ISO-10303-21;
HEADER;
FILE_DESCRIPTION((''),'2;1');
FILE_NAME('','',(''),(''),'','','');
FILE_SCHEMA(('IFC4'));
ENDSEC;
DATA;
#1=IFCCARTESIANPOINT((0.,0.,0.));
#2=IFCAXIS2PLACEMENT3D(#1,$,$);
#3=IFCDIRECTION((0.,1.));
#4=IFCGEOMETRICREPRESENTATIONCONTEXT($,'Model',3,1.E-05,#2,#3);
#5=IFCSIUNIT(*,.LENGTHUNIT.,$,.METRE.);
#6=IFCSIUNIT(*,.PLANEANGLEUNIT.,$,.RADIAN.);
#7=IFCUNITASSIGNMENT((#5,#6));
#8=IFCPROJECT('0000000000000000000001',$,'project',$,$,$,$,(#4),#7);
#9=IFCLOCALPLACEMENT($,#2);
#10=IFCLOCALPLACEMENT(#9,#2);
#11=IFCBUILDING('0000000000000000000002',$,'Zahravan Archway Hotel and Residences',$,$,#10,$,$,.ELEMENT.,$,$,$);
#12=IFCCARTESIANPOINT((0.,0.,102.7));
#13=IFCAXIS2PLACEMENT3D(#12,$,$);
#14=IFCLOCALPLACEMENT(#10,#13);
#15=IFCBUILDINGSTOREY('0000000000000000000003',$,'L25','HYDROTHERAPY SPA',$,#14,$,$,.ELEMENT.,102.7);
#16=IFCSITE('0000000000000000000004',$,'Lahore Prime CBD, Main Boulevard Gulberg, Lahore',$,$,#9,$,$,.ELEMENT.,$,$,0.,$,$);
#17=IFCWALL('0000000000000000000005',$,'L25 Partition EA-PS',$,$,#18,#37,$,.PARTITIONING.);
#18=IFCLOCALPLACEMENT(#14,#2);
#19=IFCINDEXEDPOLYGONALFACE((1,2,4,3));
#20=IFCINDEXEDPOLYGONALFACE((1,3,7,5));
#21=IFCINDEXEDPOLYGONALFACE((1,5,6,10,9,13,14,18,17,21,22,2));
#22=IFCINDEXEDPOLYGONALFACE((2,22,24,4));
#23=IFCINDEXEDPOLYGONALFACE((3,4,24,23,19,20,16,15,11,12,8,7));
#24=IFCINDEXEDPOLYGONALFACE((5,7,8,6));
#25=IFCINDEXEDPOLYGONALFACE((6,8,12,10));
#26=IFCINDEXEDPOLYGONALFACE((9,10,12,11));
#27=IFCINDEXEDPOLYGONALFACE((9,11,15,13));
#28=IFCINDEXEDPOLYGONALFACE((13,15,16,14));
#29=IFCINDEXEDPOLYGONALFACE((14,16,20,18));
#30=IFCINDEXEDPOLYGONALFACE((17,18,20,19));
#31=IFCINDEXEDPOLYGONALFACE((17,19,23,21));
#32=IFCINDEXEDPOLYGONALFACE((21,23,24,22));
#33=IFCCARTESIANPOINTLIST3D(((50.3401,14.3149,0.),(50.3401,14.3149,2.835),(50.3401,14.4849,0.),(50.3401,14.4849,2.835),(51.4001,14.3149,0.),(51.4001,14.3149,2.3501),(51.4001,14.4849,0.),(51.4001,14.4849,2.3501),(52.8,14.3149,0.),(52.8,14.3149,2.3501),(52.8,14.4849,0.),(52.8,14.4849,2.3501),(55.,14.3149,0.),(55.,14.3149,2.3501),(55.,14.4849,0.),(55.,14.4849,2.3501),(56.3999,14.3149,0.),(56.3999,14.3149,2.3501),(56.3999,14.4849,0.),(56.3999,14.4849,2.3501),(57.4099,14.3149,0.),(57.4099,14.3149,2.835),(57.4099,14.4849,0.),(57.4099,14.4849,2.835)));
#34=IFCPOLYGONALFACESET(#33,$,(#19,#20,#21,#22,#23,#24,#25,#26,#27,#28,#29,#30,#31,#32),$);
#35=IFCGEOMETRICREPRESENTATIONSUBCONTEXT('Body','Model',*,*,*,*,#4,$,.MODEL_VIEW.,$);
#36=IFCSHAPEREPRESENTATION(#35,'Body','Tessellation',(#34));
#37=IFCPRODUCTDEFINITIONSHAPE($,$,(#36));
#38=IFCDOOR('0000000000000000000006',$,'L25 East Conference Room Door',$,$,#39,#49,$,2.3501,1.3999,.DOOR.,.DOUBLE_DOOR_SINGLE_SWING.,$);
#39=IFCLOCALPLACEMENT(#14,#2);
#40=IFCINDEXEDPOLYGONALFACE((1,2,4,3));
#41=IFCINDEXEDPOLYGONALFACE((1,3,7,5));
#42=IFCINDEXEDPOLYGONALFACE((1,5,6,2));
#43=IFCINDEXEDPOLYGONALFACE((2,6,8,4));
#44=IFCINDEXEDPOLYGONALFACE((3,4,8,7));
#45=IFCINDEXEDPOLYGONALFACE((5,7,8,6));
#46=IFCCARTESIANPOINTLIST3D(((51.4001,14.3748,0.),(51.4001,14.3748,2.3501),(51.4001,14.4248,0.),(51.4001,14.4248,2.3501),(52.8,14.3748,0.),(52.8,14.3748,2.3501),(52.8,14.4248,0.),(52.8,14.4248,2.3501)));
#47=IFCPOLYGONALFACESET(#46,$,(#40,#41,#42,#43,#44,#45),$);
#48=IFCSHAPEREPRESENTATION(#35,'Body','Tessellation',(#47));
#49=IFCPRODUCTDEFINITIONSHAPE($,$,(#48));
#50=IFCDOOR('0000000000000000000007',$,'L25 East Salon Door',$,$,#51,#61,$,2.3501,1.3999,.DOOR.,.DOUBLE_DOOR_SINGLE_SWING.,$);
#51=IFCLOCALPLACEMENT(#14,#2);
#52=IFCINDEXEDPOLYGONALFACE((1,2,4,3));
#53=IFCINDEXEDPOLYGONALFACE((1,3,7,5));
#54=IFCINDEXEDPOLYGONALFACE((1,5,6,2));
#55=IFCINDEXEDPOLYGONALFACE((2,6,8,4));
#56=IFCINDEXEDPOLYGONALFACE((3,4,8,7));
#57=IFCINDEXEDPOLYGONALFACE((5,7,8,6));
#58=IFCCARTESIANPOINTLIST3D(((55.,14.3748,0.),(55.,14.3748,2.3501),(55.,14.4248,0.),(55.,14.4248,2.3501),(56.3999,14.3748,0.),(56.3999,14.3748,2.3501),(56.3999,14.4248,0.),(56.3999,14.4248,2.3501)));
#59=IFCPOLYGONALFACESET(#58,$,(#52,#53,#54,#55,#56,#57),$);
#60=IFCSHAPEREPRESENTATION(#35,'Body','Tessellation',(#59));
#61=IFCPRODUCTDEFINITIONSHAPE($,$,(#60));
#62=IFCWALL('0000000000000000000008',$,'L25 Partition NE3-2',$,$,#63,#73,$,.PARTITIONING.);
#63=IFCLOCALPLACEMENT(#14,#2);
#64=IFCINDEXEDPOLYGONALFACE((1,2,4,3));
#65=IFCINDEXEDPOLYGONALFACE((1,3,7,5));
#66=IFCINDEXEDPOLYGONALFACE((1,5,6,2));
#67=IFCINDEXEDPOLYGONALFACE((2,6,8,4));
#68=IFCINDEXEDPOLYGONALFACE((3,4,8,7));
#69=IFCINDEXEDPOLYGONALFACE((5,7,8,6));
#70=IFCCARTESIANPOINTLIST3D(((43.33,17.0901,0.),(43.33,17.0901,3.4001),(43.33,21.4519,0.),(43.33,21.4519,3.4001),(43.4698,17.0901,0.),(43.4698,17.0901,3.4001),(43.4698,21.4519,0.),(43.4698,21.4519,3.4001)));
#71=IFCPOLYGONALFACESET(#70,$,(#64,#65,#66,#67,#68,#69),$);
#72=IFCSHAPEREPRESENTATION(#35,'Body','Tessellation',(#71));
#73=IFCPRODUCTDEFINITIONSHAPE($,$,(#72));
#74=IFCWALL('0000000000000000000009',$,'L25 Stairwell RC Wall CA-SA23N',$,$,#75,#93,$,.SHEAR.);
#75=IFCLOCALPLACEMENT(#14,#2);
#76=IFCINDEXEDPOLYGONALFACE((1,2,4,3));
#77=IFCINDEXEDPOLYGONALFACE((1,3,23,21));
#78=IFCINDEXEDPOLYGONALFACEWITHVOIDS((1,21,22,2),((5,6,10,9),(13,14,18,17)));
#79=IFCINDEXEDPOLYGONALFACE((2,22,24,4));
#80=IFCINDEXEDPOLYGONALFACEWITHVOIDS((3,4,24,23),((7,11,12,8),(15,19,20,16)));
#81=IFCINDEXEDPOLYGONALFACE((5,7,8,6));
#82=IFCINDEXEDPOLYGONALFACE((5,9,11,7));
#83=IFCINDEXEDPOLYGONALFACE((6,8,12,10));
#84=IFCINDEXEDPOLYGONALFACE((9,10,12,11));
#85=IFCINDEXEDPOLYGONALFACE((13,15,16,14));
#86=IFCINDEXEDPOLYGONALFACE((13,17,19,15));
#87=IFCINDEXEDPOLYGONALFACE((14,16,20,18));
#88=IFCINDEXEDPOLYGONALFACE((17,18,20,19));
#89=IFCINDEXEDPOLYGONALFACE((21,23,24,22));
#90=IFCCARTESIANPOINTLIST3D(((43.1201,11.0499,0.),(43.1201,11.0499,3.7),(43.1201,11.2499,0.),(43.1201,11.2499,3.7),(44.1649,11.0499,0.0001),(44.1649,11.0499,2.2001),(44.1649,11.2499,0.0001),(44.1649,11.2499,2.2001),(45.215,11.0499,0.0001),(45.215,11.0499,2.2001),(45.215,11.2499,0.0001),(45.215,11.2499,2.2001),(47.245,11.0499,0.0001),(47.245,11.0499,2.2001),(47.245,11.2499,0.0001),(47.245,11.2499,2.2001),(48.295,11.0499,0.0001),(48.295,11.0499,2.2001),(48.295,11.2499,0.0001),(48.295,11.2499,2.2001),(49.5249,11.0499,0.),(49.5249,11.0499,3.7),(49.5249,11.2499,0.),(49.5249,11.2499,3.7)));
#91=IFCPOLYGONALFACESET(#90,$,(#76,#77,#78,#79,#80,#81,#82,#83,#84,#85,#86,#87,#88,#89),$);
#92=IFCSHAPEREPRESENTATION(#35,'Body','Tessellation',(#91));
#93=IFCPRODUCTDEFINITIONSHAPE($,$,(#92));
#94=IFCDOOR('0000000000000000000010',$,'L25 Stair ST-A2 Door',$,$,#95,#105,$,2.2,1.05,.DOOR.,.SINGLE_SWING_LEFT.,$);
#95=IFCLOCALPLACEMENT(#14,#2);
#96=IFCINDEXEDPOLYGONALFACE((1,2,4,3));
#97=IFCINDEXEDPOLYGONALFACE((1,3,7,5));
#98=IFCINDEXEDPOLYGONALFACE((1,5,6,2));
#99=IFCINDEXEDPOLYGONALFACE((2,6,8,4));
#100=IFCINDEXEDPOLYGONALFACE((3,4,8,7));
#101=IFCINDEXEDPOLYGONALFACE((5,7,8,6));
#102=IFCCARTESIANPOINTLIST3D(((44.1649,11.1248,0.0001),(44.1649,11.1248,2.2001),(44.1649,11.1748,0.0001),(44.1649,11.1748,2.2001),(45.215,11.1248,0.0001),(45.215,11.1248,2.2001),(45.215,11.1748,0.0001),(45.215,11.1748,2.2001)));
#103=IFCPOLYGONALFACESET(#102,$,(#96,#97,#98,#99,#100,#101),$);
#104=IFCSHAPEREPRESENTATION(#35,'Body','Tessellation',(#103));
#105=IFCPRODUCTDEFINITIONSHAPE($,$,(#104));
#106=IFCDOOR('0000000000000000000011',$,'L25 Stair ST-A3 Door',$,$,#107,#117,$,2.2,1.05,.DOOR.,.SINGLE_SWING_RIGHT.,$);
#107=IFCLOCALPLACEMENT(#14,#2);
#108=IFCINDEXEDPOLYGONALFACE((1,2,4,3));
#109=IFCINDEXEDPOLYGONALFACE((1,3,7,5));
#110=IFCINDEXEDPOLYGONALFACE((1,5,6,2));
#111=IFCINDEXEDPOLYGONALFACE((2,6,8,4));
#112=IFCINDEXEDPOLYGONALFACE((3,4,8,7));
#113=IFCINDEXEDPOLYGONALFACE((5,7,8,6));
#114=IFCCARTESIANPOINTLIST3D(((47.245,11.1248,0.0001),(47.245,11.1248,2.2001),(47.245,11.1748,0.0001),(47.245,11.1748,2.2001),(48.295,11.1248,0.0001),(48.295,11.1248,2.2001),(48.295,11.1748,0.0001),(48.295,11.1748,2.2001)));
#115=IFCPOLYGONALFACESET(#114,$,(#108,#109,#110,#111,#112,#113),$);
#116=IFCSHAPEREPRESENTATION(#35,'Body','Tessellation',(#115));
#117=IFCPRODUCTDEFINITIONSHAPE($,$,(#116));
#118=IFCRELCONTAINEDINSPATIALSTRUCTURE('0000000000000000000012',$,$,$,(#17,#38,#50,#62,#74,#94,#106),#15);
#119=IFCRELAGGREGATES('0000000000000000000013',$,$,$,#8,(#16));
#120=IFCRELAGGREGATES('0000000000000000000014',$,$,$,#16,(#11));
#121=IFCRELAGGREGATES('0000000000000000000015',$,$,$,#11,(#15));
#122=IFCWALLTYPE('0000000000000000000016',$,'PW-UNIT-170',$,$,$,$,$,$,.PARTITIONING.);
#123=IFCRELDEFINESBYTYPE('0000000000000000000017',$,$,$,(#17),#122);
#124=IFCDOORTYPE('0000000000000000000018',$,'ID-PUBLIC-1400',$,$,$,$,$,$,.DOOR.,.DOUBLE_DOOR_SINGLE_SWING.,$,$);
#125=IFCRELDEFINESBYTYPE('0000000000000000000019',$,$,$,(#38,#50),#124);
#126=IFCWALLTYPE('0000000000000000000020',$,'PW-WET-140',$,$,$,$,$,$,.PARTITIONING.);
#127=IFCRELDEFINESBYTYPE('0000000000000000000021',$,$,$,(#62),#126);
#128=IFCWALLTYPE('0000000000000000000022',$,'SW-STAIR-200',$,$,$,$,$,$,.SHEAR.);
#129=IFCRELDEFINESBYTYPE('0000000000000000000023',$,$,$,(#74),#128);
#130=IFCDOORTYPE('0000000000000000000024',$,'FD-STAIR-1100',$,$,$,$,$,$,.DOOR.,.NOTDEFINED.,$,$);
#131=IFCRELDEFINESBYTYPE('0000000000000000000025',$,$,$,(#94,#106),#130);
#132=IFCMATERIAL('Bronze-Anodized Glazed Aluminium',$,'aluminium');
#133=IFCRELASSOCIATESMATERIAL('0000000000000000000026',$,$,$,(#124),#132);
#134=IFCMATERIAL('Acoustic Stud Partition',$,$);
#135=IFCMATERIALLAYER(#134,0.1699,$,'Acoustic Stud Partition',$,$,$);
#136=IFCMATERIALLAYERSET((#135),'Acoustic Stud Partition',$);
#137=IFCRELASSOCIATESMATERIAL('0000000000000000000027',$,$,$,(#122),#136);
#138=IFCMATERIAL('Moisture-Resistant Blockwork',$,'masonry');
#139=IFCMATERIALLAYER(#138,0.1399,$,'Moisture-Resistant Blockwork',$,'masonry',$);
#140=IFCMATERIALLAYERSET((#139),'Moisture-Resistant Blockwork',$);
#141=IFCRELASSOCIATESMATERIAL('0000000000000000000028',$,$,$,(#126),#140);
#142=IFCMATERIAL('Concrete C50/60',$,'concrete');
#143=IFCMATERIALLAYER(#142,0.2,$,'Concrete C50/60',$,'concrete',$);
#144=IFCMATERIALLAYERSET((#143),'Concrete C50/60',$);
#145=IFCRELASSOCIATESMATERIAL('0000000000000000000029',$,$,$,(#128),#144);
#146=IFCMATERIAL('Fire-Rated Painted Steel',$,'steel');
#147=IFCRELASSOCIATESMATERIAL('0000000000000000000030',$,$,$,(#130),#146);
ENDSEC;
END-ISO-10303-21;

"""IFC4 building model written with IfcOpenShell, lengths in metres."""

from ifc_helpers import new_model, si_unit, direction, frame, frame_2d, origin, place, context, subcontext, project, spatial, rectangle, extrude, source, transform, mapped, material, layer, layer_set, type_object, type_shapes, element, fill, save


model = new_model("IFC4")

# Units and contexts
model_context = context("Model", 3, precision=1e-05, world=origin(), true_north=direction((0.0, 1.0)))
body_context = subcontext(model_context, "Body", "Model", "MODEL_VIEW")
ifc_project = project(units=[si_unit("LENGTHUNIT", "METRE"), si_unit("PLANEANGLEUNIT", "RADIAN")], contexts=[model_context])

# Site, building, storey
site_placement = place(None, origin())
site = spatial("IfcSite", under=ifc_project, at=site_placement, Name="Lahore Prime CBD, Main Boulevard Gulberg, Lahore", CompositionType="ELEMENT", RefElevation=0.0)
building_placement = place(site_placement, origin())
building = spatial("IfcBuilding", under=site, at=building_placement, Name="Zahravan Archway Hotel and Residences", CompositionType="ELEMENT")
storey_placement = place(building_placement, frame((0.0, 0.0, 102.7)))
storey = spatial("IfcBuildingStorey", under=building, at=storey_placement, Name="L25", Description="HYDROTHERAPY SPA", CompositionType="ELEMENT", Elevation=102.7)

# Shared definitions
ifc_material_1 = material(Name="Fire-Rated Painted Steel", Category="steel")
ifc_material_2 = material(Name="Bronze-Anodized Glazed Aluminium", Category="aluminium")
door_type_1 = type_object("IfcDoorType", Name="ID-PUBLIC-1400", OperationType="DOUBLE_DOOR_SINGLE_SWING", PredefinedType="DOOR", material=ifc_material_2)
shared_shape_1 = source(origin(), body_context, "Body", "SweptSolid", [
    extrude(rectangle(XDim=1.3999, YDim=2.3501, at=frame_2d((0.7, 1.175))), frame((0.0, 0.0249, 0.0), z_axis=(0.0, -1.0, 0.0), x_axis=(1.0, 0.0, 0.0)), (0.0, 0.0, 1.0), 0.05),
])
type_shapes(door_type_1, [shared_shape_1])

# Wall, openings, doors
ifc_material_3 = material(Name="Acoustic Stud Partition")
ifc_layer_1 = layer(ifc_material_3, 0.1699, Name="Acoustic Stud Partition")
ifc_layer_set_1 = layer_set([ifc_layer_1], Name="Acoustic Stud Partition")
wall_type_1 = type_object("IfcWallType", Name="PW-UNIT-170", PredefinedType="PARTITIONING", material=ifc_layer_set_1)
wall_1_placement = place(storey_placement, frame((50.3401, 14.3999, 0.0), z_axis=(0.0, 0.0, 1.0), x_axis=(1.0, 0.0, 0.0)))
wall_1 = element("IfcWall", 1, at=wall_1_placement, inside=storey, type_object=wall_type_1, Name="L25 Partition EA-PS", PredefinedType="PARTITIONING", context=body_context, shape_type="SweptSolid", body=[
    extrude(rectangle(XDim=7.0698, YDim=0.1699, at=frame_2d((3.5349, 0.0))), origin(), (0.0, 0.0, 1.0), 2.835),
])
opening_1_placement = place(wall_1_placement, frame((1.0601, 0.0, 0.0)))
opening_1 = element("IfcOpeningElement", 2, at=opening_1_placement, cuts=wall_1, PredefinedType="OPENING", context=body_context, shape_type="SweptSolid", body=[
    extrude(rectangle(XDim=1.3999, YDim=2.3501, at=frame_2d((0.7, 1.175))), frame((0.0, 0.095, 0.0), z_axis=(0.0, -1.0, 0.0), x_axis=(1.0, 0.0, 0.0)), (0.0, 0.0, 1.0), 0.1899),
])
opening_2_placement = place(wall_1_placement, frame((4.6599, 0.0, 0.0)))
opening_2 = element("IfcOpeningElement", 3, at=opening_2_placement, cuts=wall_1, PredefinedType="OPENING", context=body_context, shape_type="SweptSolid", body=[
    extrude(rectangle(XDim=1.3999, YDim=2.3501, at=frame_2d((0.7, 1.175))), frame((0.0, 0.095, 0.0), z_axis=(0.0, -1.0, 0.0), x_axis=(1.0, 0.0, 0.0)), (0.0, 0.0, 1.0), 0.1899),
])
door_1_placement = place(opening_1_placement, origin())
door_1 = element("IfcDoor", 4, at=door_1_placement, inside=storey, type_object=door_type_1, Name="L25 East Conference Room Door", OperationType="DOUBLE_DOOR_SINGLE_SWING", OverallHeight=2.3501, OverallWidth=1.3999, PredefinedType="DOOR", context=body_context, shape_type="MappedRepresentation", body=[
    mapped(shared_shape_1, transform((0.0, 0.0, 0.0), scale=1.0)),
])
fill(opening_1, door_1)
door_2_placement = place(opening_2_placement, origin())
door_2 = element("IfcDoor", 5, at=door_2_placement, inside=storey, type_object=door_type_1, Name="L25 East Salon Door", OperationType="DOUBLE_DOOR_SINGLE_SWING", OverallHeight=2.3501, OverallWidth=1.3999, PredefinedType="DOOR", context=body_context, shape_type="MappedRepresentation", body=[
    mapped(shared_shape_1, transform((0.0, 0.0, 0.0), scale=1.0)),
])
fill(opening_2, door_2)

# Wall
ifc_material_4 = material(Name="Moisture-Resistant Blockwork", Category="masonry")
ifc_layer_2 = layer(ifc_material_4, 0.1399, Name="Moisture-Resistant Blockwork", Category="masonry")
ifc_layer_set_2 = layer_set([ifc_layer_2], Name="Moisture-Resistant Blockwork")
wall_type_2 = type_object("IfcWallType", Name="PW-WET-140", PredefinedType="PARTITIONING", material=ifc_layer_set_2)
wall_2_placement = place(storey_placement, frame((43.3999, 17.0901, 0.0), z_axis=(0.0, 0.0, 1.0), x_axis=(0.0, 1.0, 0.0)))
element("IfcWall", 6, at=wall_2_placement, inside=storey, type_object=wall_type_2, Name="L25 Partition NE3-2", PredefinedType="PARTITIONING", context=body_context, shape_type="SweptSolid", body=[
    extrude(rectangle(XDim=4.3618, YDim=0.1399, at=frame_2d((2.1809, 0.0))), origin(), (0.0, 0.0, 1.0), 3.4001),
])

# Wall, openings, doors
ifc_material_5 = material(Name="Concrete C50/60", Category="concrete")
ifc_layer_3 = layer(ifc_material_5, 0.2, Name="Concrete C50/60", Category="concrete")
ifc_layer_set_3 = layer_set([ifc_layer_3], Name="Concrete C50/60")
wall_type_3 = type_object("IfcWallType", Name="SW-STAIR-200", PredefinedType="SHEAR", material=ifc_layer_set_3)
wall_3_placement = place(storey_placement, frame((43.1201, 11.1499, 0.0), z_axis=(0.0, 0.0, 1.0), x_axis=(1.0, 0.0, 0.0)))
wall_3 = element("IfcWall", 7, at=wall_3_placement, inside=storey, type_object=wall_type_3, Name="L25 Stairwell RC Wall CA-SA23N", PredefinedType="SHEAR", context=body_context, shape_type="SweptSolid", body=[
    extrude(rectangle(XDim=6.4048, YDim=0.2, at=frame_2d((3.2024, 0.0))), origin(), (0.0, 0.0, 1.0), 3.7),
])
opening_3_placement = place(wall_3_placement, frame((1.0449, 0.0, 0.0)))
opening_3 = element("IfcOpeningElement", 8, at=opening_3_placement, cuts=wall_3, PredefinedType="OPENING", context=body_context, shape_type="SweptSolid", body=[
    extrude(rectangle(XDim=1.05, YDim=2.2, at=frame_2d((0.5249, 1.1001))), frame((0.0, 0.1099, 0.0), z_axis=(0.0, -1.0, 0.0), x_axis=(1.0, 0.0, 0.0)), (0.0, 0.0, 1.0), 0.22),
])
opening_4_placement = place(wall_3_placement, frame((4.125, 0.0, 0.0)))
opening_4 = element("IfcOpeningElement", 9, at=opening_4_placement, cuts=wall_3, PredefinedType="OPENING", context=body_context, shape_type="SweptSolid", body=[
    extrude(rectangle(XDim=1.05, YDim=2.2, at=frame_2d((0.5249, 1.1001))), frame((0.0, 0.1099, 0.0), z_axis=(0.0, -1.0, 0.0), x_axis=(1.0, 0.0, 0.0)), (0.0, 0.0, 1.0), 0.22),
])
door_type_2 = type_object("IfcDoorType", Name="FD-STAIR-1100", OperationType="NOTDEFINED", PredefinedType="DOOR", material=ifc_material_1)
shared_shape_2 = source(origin(), body_context, "Body", "SweptSolid", [
    extrude(rectangle(XDim=1.05, YDim=2.2, at=frame_2d((0.5249, 1.1001))), frame((0.0, 0.0249, 0.0), z_axis=(0.0, -1.0, 0.0), x_axis=(1.0, 0.0, 0.0)), (0.0, 0.0, 1.0), 0.05),
])
type_shapes(door_type_2, [shared_shape_2])
door_3_placement = place(opening_3_placement, origin())
door_3 = element("IfcDoor", 10, at=door_3_placement, inside=storey, type_object=door_type_2, Name="L25 Stair ST-A2 Door", OperationType="SINGLE_SWING_LEFT", OverallHeight=2.2, OverallWidth=1.05, PredefinedType="DOOR", context=body_context, shape_type="MappedRepresentation", body=[
    mapped(shared_shape_2, transform((0.0, 0.0, 0.0), scale=1.0)),
])
fill(opening_3, door_3)
door_4_placement = place(opening_4_placement, origin())
door_4 = element("IfcDoor", 11, at=door_4_placement, inside=storey, type_object=door_type_2, Name="L25 Stair ST-A3 Door", OperationType="SINGLE_SWING_RIGHT", OverallHeight=2.2, OverallWidth=1.05, PredefinedType="DOOR", context=body_context, shape_type="MappedRepresentation", body=[
    mapped(shared_shape_2, transform((0.0, 0.0, 0.0), scale=1.0)),
])
fill(opening_4, door_4)

save(model, "model.ifc")
